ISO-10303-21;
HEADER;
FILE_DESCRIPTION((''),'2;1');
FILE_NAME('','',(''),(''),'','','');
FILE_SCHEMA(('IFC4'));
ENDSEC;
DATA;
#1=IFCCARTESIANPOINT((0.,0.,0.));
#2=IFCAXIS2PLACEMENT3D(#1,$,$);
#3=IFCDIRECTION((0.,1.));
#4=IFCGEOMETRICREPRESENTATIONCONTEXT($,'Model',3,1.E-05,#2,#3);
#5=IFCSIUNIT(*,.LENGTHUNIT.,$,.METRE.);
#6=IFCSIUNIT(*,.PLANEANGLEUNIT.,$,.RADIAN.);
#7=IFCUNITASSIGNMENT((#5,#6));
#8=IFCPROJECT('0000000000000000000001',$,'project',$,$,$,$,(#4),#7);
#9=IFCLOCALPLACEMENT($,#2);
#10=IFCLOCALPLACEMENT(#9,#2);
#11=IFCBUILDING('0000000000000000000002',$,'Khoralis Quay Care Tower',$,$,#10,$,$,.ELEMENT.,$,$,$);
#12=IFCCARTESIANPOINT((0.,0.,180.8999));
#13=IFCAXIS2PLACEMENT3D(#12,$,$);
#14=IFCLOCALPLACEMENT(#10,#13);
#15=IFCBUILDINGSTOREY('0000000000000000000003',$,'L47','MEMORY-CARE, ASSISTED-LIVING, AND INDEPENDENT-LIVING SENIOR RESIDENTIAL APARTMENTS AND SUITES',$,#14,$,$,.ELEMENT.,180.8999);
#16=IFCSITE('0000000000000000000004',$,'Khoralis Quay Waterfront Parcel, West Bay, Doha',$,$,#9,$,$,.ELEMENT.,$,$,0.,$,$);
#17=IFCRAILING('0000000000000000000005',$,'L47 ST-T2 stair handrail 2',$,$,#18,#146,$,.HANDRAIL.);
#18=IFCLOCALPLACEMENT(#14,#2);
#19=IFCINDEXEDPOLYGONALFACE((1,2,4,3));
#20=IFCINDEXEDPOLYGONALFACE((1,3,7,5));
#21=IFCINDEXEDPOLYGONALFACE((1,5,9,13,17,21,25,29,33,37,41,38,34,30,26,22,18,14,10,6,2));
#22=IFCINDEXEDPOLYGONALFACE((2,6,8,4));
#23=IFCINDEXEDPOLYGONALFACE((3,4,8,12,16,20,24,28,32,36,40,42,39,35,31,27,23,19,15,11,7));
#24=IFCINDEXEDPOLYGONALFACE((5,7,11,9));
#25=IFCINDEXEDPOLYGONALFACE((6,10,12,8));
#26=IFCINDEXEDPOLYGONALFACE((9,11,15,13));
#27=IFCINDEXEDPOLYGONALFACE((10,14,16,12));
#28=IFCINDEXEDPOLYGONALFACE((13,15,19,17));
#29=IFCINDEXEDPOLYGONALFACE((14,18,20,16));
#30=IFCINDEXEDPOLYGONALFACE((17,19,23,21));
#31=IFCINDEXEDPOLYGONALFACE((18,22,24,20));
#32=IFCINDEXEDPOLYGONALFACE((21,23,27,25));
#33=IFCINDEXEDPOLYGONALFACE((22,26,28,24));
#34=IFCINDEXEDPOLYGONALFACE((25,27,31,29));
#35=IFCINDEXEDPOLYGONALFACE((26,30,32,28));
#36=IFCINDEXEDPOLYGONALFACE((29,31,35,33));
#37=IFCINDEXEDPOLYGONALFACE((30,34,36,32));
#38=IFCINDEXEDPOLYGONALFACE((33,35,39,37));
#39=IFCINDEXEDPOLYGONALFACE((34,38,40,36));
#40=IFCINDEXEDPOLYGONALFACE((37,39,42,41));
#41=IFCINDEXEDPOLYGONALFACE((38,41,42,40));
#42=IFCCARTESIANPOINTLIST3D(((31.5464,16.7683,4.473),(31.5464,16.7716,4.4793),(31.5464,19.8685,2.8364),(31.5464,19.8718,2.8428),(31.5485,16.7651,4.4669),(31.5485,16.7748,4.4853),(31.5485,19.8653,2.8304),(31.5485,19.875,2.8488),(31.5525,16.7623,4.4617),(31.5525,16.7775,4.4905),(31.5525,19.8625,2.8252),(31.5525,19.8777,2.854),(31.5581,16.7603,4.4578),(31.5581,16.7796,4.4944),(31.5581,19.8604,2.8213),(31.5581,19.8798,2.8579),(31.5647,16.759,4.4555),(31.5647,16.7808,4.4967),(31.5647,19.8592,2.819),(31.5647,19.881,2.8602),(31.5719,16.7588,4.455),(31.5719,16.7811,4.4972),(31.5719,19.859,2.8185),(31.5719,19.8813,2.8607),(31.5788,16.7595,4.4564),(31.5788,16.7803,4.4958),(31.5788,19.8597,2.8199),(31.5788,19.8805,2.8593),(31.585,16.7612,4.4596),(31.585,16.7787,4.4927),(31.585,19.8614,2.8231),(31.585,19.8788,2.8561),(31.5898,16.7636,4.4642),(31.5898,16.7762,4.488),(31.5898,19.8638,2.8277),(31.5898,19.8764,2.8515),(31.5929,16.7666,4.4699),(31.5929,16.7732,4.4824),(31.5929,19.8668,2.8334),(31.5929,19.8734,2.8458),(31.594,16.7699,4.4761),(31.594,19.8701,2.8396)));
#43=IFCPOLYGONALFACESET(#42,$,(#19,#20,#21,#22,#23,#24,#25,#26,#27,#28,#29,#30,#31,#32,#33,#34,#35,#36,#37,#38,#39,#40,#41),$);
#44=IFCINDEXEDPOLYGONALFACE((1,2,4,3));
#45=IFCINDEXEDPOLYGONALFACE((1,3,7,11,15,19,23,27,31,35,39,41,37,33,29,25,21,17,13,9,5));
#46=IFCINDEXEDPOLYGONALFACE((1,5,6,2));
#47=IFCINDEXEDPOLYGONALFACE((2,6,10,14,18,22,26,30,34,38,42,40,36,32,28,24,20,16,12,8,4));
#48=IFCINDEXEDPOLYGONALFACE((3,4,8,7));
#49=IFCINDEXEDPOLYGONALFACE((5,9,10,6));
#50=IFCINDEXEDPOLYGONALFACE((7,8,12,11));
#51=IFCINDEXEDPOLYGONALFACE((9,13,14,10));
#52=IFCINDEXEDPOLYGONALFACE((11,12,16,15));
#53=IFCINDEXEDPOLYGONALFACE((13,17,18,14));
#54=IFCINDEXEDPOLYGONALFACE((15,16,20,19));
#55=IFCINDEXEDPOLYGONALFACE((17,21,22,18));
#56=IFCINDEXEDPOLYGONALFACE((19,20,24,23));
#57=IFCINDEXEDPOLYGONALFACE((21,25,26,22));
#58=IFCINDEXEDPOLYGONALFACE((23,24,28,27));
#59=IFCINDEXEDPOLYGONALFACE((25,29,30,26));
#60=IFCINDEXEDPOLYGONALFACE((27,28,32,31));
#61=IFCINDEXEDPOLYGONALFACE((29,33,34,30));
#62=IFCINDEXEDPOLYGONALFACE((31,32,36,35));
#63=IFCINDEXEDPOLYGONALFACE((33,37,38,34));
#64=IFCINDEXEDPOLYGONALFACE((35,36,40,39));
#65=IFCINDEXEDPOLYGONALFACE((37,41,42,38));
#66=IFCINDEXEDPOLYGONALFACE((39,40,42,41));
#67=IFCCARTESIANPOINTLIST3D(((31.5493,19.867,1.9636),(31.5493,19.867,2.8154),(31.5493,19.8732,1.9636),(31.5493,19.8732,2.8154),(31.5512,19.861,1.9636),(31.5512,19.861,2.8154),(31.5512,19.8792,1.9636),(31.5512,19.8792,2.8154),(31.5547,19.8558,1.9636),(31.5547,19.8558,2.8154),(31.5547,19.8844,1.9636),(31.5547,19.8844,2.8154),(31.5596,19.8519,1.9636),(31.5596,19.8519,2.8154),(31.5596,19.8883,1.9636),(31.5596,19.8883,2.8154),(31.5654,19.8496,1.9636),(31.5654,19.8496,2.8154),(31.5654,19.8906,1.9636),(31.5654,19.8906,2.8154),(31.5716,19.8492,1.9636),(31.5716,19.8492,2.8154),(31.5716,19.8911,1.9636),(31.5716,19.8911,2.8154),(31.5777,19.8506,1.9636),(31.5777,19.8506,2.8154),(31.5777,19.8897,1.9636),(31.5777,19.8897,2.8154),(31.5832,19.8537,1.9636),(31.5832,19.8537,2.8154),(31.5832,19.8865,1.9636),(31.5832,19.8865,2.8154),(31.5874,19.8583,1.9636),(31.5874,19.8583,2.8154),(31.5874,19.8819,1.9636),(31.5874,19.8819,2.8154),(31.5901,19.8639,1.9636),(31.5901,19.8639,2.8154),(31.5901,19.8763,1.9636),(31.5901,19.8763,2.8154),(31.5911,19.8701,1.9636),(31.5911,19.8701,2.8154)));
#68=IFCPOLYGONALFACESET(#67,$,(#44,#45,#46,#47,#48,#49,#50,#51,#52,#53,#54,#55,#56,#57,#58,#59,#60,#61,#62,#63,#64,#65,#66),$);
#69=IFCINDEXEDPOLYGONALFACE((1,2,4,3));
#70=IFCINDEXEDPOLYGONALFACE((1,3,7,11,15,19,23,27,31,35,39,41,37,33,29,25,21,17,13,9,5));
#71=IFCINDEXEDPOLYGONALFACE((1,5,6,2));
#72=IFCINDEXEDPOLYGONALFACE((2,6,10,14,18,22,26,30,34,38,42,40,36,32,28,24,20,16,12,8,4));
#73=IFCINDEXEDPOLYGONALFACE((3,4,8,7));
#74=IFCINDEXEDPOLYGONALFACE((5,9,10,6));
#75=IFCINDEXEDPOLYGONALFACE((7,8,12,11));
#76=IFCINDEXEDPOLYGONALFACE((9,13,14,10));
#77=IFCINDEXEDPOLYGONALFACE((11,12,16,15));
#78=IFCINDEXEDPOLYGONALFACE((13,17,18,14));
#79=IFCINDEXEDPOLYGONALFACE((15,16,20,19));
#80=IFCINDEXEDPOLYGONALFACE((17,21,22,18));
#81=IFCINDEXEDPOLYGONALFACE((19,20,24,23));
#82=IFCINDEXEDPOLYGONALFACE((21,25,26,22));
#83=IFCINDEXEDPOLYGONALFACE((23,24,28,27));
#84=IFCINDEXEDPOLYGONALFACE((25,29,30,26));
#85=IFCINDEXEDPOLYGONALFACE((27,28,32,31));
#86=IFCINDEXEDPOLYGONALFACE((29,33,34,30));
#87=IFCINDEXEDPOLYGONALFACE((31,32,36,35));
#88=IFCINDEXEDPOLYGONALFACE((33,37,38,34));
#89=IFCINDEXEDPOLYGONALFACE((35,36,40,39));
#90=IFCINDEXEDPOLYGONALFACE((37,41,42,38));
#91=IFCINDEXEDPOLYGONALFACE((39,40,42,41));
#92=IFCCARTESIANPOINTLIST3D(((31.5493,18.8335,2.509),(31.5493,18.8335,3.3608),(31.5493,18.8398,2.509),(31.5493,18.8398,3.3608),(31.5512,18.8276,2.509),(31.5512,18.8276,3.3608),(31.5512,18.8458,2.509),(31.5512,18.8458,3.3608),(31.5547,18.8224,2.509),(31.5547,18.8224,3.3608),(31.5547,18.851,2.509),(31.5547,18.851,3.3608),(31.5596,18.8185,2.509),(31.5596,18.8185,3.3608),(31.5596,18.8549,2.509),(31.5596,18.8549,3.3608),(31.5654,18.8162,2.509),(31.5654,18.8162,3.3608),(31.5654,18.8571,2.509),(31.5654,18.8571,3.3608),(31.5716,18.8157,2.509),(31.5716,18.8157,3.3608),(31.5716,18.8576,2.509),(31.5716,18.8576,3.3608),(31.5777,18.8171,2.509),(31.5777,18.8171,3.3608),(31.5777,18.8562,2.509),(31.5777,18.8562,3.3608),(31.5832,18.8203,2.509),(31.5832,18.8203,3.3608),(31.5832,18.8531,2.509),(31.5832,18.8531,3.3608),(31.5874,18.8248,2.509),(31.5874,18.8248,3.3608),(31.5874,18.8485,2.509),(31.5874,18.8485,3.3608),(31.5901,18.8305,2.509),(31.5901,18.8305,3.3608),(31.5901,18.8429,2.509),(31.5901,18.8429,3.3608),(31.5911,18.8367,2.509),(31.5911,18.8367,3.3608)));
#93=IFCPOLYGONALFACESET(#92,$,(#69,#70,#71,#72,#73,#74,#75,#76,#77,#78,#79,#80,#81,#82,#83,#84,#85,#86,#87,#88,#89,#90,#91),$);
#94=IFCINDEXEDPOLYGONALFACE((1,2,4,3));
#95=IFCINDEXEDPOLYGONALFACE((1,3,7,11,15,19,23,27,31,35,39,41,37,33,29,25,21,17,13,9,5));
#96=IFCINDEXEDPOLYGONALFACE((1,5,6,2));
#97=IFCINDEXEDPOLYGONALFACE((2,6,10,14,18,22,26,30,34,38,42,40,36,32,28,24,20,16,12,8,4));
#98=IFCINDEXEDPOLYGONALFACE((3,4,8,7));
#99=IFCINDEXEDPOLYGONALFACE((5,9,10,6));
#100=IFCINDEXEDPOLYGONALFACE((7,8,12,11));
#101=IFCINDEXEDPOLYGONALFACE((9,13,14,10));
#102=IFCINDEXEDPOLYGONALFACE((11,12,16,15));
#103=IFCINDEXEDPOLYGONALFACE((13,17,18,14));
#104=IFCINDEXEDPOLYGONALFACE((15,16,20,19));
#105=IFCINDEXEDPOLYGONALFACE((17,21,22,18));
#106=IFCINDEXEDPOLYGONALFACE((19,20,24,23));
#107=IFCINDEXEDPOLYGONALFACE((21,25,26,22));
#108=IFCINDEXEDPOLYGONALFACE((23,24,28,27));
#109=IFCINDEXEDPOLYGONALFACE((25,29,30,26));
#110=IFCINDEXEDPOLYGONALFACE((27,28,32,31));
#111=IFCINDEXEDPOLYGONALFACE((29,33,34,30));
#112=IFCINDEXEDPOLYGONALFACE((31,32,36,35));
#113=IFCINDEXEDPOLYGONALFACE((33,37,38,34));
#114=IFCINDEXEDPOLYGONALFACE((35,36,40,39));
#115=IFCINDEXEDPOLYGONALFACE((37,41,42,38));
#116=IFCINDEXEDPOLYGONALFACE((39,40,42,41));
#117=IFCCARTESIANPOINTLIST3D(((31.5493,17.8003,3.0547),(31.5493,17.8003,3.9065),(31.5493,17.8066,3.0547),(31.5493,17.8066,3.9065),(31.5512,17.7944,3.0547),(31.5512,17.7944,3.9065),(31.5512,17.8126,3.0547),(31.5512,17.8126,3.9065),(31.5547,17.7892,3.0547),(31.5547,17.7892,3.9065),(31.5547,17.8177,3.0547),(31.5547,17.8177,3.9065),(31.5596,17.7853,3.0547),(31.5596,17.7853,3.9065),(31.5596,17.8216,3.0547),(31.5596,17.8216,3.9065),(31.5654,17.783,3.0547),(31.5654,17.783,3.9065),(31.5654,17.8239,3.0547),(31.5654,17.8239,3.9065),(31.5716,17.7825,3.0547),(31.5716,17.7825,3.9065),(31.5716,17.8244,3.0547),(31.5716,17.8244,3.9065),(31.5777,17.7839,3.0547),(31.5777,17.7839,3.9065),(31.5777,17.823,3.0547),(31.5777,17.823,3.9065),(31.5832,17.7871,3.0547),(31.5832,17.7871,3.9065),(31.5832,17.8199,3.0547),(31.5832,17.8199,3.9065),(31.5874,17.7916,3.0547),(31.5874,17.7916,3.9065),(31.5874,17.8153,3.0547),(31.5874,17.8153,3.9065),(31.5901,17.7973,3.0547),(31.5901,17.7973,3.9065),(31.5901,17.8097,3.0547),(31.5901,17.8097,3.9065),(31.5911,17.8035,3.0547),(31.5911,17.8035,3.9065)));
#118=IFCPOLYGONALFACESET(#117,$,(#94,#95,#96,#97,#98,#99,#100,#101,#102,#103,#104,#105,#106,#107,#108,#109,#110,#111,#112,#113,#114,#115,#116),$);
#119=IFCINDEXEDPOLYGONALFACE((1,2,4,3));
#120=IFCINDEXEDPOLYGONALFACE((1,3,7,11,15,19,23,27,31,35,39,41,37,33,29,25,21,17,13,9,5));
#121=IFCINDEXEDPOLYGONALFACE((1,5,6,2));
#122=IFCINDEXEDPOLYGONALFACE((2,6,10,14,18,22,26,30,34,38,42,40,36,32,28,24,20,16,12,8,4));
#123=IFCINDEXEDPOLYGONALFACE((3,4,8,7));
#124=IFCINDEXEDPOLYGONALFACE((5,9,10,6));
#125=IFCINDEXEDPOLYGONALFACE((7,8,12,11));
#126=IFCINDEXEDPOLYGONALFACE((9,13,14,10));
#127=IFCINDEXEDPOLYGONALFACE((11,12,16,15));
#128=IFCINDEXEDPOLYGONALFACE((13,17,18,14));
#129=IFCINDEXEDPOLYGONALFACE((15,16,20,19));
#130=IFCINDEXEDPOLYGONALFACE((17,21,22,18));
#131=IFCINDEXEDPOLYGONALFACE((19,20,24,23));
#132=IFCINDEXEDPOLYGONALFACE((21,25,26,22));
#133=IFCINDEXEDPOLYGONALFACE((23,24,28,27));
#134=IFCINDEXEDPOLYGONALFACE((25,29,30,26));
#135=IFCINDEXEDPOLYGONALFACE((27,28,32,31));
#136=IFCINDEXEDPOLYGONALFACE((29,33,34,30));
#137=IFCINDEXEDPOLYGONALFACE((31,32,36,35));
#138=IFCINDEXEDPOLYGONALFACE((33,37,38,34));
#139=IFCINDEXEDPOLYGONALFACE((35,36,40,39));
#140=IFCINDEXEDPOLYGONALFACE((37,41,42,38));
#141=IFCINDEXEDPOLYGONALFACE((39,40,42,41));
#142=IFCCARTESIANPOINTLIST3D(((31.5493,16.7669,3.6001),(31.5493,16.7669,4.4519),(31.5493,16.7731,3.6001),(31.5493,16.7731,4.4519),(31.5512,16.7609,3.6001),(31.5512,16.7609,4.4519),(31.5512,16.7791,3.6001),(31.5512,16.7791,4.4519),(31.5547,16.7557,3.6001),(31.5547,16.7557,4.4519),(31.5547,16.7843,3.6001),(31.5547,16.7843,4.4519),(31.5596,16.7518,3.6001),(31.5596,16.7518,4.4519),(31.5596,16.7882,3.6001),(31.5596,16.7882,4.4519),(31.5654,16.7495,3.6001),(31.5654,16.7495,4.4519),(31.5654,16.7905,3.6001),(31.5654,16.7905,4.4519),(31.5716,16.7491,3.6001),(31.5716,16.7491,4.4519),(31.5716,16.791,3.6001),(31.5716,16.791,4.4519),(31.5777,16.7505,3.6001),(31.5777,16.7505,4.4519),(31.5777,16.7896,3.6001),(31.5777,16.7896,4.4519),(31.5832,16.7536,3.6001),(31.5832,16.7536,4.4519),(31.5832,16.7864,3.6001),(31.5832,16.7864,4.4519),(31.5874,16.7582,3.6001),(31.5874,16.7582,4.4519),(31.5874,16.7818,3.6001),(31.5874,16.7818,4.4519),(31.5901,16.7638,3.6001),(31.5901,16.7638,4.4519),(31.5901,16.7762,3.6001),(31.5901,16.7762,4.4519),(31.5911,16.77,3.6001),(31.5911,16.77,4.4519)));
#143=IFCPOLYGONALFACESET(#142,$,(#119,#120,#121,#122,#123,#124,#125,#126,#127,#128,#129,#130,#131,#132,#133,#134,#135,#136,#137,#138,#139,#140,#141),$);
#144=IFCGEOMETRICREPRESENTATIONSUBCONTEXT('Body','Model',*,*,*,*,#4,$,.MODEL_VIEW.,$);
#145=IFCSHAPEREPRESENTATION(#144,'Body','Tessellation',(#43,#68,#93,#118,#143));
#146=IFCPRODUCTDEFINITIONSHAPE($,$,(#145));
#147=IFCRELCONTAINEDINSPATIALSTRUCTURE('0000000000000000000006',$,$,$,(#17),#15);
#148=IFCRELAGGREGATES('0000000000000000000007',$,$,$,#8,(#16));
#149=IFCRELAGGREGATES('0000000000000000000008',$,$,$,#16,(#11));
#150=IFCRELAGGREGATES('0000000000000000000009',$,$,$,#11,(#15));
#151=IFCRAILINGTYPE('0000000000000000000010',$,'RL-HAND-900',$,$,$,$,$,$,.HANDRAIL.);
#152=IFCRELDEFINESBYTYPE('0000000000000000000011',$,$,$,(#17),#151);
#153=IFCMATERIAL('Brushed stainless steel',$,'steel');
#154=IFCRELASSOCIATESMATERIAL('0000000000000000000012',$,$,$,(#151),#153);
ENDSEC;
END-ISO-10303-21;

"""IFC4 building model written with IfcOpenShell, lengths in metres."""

from ifc_helpers import new_model, si_unit, direction, frame, origin, origin_2d, place, context, subcontext, project, spatial, circle, extrude, material, type_object, element, save


model = new_model("IFC4")

# Units and contexts
model_context = context("Model", 3, precision=1e-05, world=origin(), true_north=direction((0.0, 1.0)))
body_context = subcontext(model_context, "Body", "Model", "MODEL_VIEW")
ifc_project = project(units=[si_unit("LENGTHUNIT", "METRE"), si_unit("PLANEANGLEUNIT", "RADIAN")], contexts=[model_context])

# Site, building, storey
site_placement = place(None, origin())
site = spatial("IfcSite", under=ifc_project, at=site_placement, Name="Khoralis Quay Waterfront Parcel, West Bay, Doha", CompositionType="ELEMENT", RefElevation=0.0)
building_placement = place(site_placement, origin())
building = spatial("IfcBuilding", under=site, at=building_placement, Name="Khoralis Quay Care Tower", CompositionType="ELEMENT")
storey_placement = place(building_placement, frame((0.0, 0.0, 180.8999)))
storey = spatial("IfcBuildingStorey", under=building, at=storey_placement, Name="L47", Description="MEMORY-CARE, ASSISTED-LIVING, AND INDEPENDENT-LIVING SENIOR RESIDENTIAL APARTMENTS AND SUITES", CompositionType="ELEMENT", Elevation=180.8999)

# Shared definitions
ifc_material_1 = material(Name="Brushed stainless steel", Category="steel")

# Railing
railing_type = type_object("IfcRailingType", Name="RL-HAND-900", PredefinedType="HANDRAIL", material=ifc_material_1)
railing_placement = place(storey_placement, frame((31.5701, 19.8701, 1.9636)))
element("IfcRailing", 1, at=railing_placement, inside=storey, type_object=railing_type, Name="L47 ST-T2 stair handrail 2", PredefinedType="HANDRAIL", context=body_context, shape_type="SweptSolid", body=[
    extrude(circle(Radius=0.0239, at=origin_2d()), frame((0.0, 0.0, 0.876), z_axis=(0.0, -0.884348, 0.466828), x_axis=(1.0, 0.0, 0.0)), (0.0, 0.0, 1.0), 3.5056),
    extrude(circle(Radius=0.021, at=origin_2d()), origin(), (0.0, 0.0, 1.0), 0.8518),
    extrude(circle(Radius=0.021, at=origin_2d()), frame((0.0, -1.0334, 0.5454)), (0.0, 0.0, 1.0), 0.8518),
    extrude(circle(Radius=0.021, at=origin_2d()), frame((0.0, -2.0667, 1.0911)), (0.0, 0.0, 1.0), 0.8518),
    extrude(circle(Radius=0.021, at=origin_2d()), frame((0.0, -3.1001, 1.6365)), (0.0, 0.0, 1.0), 0.8518),
])

save(model, "model.ifc")
